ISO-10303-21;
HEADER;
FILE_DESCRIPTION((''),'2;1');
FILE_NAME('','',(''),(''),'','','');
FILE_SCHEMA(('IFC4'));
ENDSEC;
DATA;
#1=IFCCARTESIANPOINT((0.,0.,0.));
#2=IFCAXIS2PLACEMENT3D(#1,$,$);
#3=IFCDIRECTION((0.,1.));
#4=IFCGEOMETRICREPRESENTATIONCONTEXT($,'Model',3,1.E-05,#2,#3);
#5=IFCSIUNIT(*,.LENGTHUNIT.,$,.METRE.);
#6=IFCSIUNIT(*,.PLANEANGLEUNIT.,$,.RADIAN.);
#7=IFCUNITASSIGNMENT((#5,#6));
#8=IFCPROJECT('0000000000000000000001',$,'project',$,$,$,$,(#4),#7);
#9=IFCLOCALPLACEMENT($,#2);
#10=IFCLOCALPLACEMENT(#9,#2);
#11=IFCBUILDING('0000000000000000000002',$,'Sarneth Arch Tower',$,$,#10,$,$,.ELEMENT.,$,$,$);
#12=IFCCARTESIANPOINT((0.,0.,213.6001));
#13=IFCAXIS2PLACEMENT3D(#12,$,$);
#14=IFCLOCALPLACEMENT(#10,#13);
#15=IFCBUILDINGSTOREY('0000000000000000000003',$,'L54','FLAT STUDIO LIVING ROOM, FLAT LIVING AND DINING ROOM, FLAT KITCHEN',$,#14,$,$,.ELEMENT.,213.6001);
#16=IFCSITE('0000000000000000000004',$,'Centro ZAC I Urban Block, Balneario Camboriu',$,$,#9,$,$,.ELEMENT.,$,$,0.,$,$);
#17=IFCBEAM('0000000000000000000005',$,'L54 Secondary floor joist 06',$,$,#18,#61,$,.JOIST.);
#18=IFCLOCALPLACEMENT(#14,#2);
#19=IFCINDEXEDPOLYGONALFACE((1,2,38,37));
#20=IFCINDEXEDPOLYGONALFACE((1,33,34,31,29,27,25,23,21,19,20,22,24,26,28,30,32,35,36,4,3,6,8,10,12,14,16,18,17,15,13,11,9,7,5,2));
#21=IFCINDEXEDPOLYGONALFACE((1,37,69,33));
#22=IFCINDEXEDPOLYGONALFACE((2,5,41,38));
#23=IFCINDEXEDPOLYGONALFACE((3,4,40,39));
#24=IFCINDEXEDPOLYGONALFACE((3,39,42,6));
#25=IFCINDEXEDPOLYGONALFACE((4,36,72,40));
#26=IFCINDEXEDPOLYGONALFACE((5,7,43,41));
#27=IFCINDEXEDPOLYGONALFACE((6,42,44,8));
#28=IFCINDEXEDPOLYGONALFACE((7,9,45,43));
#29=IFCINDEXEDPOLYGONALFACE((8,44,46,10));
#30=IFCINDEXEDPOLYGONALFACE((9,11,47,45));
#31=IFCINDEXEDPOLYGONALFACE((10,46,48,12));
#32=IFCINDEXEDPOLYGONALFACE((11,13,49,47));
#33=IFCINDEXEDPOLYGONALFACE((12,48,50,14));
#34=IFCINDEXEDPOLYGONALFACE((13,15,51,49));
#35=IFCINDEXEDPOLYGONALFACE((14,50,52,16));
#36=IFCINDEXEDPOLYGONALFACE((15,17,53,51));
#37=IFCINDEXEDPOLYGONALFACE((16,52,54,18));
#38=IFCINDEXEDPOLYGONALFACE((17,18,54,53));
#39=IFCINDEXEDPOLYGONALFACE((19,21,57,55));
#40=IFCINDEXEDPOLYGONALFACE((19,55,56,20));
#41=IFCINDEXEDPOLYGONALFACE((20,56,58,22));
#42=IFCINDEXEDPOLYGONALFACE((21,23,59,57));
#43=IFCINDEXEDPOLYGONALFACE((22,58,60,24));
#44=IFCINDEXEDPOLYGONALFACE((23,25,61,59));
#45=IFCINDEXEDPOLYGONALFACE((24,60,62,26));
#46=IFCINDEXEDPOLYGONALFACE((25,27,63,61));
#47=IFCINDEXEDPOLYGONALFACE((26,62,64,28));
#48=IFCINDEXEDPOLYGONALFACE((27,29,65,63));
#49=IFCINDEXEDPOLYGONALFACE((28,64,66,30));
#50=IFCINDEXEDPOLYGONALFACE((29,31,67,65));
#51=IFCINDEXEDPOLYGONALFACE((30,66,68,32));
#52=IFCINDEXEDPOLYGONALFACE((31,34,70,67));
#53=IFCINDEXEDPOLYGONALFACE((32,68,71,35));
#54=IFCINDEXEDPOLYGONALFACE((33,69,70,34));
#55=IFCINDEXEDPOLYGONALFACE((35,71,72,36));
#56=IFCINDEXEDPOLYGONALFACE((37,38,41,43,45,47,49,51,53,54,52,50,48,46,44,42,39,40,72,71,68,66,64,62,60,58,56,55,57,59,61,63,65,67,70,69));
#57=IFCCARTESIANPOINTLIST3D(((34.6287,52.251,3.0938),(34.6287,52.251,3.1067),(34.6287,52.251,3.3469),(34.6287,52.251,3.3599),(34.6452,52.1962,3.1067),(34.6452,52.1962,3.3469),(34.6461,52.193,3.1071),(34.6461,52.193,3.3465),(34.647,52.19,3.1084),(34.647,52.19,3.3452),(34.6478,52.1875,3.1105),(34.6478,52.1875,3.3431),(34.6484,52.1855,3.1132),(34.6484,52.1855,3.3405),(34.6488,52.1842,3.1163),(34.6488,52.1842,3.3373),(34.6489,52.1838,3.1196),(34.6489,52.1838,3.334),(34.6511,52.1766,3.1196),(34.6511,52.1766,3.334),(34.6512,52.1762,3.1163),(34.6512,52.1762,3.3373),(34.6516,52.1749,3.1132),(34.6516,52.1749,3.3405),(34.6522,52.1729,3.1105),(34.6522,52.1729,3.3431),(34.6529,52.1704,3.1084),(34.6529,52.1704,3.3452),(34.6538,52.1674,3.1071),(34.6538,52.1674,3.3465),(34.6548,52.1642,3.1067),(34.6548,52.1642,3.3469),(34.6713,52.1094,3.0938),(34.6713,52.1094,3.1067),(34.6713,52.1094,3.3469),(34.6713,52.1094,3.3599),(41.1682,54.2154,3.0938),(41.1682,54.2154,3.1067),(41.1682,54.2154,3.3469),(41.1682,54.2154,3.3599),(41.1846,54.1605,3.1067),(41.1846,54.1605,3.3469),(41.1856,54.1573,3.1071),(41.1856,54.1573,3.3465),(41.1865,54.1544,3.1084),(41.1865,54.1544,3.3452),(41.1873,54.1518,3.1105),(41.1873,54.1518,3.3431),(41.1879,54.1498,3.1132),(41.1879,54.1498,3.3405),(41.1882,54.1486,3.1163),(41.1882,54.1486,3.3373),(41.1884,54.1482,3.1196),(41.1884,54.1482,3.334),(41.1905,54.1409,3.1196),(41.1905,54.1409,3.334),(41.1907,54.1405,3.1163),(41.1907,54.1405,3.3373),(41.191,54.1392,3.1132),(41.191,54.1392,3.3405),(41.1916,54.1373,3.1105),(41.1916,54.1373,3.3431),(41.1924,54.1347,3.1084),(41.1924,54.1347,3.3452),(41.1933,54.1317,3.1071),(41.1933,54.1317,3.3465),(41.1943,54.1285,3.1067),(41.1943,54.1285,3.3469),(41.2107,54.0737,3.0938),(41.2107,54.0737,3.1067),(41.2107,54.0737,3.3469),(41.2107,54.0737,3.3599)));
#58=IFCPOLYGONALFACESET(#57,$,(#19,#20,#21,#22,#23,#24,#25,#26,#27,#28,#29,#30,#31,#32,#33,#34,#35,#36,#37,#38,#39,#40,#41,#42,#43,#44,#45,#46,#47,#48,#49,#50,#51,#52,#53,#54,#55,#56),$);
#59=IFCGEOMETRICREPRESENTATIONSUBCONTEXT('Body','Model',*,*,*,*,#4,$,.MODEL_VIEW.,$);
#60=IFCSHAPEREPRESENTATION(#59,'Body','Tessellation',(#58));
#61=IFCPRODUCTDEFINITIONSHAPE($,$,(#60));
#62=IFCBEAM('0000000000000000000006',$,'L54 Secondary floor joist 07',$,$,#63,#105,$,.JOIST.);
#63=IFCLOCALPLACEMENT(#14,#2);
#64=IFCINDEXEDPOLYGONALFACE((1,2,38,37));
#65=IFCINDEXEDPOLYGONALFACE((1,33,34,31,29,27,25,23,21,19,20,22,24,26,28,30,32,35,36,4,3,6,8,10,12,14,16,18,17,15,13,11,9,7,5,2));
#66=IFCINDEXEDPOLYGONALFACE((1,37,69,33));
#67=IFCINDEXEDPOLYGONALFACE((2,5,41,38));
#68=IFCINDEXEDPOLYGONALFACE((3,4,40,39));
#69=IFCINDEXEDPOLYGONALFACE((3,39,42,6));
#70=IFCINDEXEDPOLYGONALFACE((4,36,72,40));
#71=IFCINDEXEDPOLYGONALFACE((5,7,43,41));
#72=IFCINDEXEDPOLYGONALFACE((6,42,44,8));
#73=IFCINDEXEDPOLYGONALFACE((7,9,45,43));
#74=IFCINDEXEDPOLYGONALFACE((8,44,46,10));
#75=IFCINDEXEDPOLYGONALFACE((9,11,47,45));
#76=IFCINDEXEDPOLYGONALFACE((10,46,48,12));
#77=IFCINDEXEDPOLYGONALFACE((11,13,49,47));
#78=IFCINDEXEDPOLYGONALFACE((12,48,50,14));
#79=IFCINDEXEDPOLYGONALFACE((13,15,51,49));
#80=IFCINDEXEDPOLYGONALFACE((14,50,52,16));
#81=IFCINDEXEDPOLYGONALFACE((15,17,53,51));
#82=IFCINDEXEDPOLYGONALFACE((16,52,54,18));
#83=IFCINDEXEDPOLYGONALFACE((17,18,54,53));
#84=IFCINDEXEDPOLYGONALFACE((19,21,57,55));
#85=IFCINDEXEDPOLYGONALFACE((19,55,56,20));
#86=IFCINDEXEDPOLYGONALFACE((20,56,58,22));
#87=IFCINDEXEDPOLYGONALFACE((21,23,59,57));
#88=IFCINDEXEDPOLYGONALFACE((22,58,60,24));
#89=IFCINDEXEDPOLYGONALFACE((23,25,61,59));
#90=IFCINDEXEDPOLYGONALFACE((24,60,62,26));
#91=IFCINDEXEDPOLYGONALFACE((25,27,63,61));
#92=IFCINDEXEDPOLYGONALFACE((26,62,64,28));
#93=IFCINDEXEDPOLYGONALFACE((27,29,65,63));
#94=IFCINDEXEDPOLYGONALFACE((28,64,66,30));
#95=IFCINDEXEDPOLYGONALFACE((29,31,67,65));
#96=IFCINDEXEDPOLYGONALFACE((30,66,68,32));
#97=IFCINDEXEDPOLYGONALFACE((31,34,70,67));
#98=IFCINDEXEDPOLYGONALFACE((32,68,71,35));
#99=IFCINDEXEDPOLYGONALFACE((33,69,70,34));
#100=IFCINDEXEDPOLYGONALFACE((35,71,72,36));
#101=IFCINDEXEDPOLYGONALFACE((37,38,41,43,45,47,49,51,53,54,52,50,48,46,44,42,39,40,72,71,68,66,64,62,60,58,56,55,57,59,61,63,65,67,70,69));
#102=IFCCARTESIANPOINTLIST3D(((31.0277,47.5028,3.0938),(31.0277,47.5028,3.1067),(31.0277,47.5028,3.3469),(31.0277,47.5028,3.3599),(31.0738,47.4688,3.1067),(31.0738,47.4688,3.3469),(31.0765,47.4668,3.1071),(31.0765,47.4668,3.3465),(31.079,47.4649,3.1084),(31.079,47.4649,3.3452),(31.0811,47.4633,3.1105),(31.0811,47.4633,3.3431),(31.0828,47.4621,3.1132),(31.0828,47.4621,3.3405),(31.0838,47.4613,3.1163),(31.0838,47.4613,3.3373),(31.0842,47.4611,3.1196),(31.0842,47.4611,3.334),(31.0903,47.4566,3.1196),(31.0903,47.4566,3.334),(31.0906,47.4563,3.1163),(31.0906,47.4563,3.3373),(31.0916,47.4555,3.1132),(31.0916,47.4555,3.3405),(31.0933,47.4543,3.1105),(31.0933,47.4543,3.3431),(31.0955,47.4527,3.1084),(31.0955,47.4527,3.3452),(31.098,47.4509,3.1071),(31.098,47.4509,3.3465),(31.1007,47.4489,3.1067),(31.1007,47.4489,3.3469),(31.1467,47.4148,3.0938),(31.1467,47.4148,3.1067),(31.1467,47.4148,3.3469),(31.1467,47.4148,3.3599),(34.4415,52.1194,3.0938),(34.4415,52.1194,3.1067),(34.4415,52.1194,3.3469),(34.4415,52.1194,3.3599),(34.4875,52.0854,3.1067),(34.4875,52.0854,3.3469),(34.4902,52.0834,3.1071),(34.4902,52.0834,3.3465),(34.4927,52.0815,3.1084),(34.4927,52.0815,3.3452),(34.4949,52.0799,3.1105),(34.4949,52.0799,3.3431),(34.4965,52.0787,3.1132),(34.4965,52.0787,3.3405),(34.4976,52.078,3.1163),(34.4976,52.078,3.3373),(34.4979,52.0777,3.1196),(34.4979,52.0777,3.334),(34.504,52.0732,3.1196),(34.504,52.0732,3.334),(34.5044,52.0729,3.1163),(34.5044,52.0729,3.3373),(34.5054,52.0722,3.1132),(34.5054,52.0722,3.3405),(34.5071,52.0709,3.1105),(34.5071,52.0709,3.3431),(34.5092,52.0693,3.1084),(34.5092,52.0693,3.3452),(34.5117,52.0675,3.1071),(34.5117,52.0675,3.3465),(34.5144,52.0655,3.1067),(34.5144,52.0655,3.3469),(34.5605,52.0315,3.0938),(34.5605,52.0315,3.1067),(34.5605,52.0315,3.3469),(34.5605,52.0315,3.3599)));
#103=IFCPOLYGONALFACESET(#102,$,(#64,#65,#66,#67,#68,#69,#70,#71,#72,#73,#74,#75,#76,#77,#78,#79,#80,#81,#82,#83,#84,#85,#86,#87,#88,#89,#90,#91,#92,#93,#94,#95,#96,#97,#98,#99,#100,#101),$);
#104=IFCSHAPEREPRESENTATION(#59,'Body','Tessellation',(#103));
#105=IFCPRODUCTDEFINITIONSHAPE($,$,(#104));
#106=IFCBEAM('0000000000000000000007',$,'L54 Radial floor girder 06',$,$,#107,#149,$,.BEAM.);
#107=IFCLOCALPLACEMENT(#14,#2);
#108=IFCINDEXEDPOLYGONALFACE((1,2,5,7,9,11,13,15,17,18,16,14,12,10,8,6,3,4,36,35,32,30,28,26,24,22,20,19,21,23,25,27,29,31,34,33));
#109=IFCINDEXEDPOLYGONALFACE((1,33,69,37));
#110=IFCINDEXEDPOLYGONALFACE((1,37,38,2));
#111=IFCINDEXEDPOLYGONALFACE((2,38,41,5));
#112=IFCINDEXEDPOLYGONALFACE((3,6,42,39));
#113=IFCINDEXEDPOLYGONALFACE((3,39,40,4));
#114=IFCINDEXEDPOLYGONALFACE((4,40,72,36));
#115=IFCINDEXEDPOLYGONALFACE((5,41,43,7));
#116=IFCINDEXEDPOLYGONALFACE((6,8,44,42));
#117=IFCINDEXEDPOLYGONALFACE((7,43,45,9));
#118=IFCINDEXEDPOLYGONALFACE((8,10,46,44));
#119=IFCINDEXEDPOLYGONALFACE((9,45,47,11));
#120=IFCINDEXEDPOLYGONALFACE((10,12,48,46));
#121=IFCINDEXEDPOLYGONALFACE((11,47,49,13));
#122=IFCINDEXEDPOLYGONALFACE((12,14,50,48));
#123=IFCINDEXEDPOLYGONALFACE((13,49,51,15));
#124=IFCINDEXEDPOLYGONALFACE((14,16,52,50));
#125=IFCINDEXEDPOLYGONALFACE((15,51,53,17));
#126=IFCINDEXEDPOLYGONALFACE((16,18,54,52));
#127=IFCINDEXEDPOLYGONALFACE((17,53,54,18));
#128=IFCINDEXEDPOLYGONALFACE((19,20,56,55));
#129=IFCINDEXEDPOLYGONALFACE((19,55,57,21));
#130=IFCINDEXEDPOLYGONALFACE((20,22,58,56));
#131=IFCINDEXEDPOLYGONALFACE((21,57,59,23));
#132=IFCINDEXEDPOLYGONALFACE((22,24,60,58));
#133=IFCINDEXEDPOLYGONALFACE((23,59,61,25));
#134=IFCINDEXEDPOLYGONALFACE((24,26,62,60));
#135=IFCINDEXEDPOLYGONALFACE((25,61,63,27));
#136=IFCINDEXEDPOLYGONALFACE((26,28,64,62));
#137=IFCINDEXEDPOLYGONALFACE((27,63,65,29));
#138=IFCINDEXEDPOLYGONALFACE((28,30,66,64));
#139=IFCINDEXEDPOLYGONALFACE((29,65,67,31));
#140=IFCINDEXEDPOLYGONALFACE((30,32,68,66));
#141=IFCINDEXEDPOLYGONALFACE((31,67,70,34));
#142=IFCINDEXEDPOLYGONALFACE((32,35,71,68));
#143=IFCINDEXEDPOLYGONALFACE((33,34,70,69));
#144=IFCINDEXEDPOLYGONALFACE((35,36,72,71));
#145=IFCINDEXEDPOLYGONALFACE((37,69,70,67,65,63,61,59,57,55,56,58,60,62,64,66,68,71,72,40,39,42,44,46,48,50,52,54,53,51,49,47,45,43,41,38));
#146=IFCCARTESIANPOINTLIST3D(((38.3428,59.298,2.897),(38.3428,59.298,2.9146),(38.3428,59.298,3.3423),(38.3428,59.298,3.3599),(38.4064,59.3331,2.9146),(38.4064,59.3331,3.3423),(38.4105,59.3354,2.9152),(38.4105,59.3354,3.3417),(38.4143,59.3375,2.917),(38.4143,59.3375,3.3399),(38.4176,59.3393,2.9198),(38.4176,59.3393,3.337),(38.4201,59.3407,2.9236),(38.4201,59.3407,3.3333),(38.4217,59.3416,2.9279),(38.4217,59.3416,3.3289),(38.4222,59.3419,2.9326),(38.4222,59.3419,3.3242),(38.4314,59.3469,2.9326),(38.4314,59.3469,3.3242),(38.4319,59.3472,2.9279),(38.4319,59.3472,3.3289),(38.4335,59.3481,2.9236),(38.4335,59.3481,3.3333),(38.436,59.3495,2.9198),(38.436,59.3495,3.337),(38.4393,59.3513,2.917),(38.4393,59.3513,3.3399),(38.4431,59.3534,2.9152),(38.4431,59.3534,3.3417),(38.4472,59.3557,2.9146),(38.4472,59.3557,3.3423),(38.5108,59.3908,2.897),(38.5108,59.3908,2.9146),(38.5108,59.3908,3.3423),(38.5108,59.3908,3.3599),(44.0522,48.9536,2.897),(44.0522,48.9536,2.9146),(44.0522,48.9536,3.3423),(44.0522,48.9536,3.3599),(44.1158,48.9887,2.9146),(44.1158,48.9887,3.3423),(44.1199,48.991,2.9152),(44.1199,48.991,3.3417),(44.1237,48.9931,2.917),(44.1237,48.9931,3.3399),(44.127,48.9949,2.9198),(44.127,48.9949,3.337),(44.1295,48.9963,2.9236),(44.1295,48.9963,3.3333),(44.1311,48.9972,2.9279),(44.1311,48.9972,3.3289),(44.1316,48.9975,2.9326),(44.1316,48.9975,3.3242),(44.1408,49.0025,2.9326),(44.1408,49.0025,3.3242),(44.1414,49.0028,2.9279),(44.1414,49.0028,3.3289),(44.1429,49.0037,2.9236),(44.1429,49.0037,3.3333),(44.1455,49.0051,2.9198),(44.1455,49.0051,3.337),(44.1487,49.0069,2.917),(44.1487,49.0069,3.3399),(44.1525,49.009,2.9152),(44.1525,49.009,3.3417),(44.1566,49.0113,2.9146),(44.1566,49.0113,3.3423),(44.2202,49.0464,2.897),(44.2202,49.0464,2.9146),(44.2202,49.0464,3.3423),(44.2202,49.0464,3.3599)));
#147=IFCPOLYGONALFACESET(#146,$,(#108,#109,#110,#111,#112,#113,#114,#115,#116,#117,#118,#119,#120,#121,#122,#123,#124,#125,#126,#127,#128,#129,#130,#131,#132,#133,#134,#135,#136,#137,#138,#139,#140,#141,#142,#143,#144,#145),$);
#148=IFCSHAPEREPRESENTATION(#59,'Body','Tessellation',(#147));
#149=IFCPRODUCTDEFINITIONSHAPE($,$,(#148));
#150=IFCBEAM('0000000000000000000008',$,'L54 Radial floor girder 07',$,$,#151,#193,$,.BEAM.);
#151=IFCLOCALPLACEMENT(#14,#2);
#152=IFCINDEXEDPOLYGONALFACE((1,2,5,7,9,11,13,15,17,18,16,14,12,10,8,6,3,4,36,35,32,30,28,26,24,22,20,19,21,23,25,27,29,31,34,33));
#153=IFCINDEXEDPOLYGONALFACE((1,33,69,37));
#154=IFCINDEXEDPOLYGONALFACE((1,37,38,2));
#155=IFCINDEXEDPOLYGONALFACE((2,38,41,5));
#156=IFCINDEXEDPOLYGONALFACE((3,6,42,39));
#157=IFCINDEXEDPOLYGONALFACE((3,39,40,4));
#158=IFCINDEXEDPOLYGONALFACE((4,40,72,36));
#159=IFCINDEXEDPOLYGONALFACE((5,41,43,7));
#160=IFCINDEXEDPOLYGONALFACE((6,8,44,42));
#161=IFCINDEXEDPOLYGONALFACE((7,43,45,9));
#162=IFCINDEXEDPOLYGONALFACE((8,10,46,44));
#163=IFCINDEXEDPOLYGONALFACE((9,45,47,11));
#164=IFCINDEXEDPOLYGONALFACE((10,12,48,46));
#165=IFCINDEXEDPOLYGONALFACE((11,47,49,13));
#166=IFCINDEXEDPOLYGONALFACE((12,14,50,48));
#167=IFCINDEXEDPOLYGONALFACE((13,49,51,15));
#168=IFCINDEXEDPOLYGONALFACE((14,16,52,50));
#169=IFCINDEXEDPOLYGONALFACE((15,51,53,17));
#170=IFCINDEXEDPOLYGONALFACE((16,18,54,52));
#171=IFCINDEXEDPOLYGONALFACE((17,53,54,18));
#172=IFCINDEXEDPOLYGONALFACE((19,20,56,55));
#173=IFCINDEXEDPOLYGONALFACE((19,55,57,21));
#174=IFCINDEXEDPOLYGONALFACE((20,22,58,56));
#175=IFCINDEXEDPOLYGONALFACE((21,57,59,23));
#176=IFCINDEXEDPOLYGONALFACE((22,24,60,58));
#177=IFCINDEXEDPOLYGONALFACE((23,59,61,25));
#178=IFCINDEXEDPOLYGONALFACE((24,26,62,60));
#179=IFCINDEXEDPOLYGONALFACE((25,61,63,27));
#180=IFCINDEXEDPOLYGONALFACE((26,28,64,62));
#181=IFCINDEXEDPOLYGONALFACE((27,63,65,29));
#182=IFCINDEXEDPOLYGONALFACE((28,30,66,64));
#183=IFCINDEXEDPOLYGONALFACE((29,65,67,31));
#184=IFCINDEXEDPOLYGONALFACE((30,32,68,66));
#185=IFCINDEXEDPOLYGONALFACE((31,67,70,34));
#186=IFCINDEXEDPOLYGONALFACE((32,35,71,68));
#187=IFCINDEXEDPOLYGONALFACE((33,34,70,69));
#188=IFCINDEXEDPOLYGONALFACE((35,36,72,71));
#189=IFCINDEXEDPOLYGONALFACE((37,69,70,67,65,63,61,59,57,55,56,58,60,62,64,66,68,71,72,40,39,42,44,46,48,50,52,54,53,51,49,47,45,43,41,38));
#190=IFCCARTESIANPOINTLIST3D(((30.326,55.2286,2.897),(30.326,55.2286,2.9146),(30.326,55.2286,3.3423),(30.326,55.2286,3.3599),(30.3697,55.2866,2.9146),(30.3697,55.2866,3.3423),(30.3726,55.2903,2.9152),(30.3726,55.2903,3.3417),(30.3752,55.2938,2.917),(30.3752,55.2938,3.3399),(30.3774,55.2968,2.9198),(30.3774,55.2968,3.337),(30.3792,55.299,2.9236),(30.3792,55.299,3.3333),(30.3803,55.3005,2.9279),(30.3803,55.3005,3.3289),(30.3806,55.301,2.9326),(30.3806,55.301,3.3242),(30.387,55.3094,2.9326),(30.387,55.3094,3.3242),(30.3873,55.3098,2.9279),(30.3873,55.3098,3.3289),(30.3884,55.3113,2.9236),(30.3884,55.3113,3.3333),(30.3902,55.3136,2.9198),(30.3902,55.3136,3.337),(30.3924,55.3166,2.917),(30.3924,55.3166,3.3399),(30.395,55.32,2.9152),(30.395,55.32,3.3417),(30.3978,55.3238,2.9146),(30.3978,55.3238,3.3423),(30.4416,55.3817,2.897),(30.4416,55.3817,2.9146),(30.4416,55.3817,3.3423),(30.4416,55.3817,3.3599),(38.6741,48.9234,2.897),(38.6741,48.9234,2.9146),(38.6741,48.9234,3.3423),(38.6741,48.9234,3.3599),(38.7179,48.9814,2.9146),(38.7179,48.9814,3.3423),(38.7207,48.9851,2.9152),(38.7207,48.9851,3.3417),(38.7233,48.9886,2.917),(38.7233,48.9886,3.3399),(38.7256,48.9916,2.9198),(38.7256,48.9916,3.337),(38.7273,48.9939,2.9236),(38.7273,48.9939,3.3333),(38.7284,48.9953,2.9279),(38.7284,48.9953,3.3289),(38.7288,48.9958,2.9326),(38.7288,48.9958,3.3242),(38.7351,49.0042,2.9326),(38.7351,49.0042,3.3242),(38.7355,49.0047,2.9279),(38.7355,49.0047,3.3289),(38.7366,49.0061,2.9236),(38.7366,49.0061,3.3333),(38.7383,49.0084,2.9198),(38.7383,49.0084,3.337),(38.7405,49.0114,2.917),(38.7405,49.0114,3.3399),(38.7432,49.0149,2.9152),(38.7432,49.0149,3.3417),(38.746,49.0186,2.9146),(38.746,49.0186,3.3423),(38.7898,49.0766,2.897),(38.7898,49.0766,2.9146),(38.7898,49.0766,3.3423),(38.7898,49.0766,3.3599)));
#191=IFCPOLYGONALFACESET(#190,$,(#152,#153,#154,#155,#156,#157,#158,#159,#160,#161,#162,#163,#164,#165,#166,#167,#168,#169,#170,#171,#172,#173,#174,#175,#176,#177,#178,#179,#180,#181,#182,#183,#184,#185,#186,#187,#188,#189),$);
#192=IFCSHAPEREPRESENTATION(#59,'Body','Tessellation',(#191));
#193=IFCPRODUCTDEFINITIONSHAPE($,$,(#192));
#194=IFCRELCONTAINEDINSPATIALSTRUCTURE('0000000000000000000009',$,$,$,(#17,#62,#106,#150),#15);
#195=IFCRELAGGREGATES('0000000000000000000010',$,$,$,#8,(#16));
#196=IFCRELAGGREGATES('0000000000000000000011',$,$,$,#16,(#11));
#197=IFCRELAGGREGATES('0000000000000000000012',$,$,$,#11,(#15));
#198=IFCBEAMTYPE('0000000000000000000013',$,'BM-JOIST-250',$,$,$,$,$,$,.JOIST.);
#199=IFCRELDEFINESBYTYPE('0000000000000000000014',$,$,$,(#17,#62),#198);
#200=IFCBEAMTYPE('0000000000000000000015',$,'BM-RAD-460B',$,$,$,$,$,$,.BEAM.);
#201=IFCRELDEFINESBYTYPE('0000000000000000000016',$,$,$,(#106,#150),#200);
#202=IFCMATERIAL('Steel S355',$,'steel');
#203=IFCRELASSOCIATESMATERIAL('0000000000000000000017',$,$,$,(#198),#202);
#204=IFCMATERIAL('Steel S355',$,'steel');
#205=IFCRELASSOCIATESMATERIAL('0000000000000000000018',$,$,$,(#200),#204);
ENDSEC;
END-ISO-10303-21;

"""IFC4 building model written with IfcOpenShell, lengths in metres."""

from ifc_helpers import new_model, si_unit, direction, frame, origin, origin_2d, place, context, subcontext, project, spatial, i_section, extrude, material, material_profile, profile_set, type_object, element, save


model = new_model("IFC4")

# Units and contexts
model_context = context("Model", 3, precision=1e-05, world=origin(), true_north=direction((0.0, 1.0)))
body_context = subcontext(model_context, "Body", "Model", "MODEL_VIEW")
ifc_project = project(units=[si_unit("LENGTHUNIT", "METRE"), si_unit("PLANEANGLEUNIT", "RADIAN")], contexts=[model_context])

# Site, building, storey
site_placement = place(None, origin())
site = spatial("IfcSite", under=ifc_project, at=site_placement, Name="Centro ZAC I Urban Block, Balneario Camboriu", CompositionType="ELEMENT", RefElevation=0.0)
building_placement = place(site_placement, origin())
building = spatial("IfcBuilding", under=site, at=building_placement, Name="Sarneth Arch Tower", CompositionType="ELEMENT")
storey_placement = place(building_placement, frame((0.0, 0.0, 213.6001)))
storey = spatial("IfcBuildingStorey", under=building, at=storey_placement, Name="L54", Description="FLAT STUDIO LIVING ROOM, FLAT LIVING AND DINING ROOM, FLAT KITCHEN", CompositionType="ELEMENT", Elevation=213.6001)

# Beams
ifc_material_1 = material(Name="Steel S355", Category="steel")
ifc_material_profile_1 = material_profile(ifc_material_1, i_section(OverallWidth=0.1479, OverallDepth=0.2661, WebThickness=0.0076, FlangeThickness=0.0129, FilletRadius=0.0129, at=origin_2d()), Name="W250x44.8")
ifc_profile_set_1 = profile_set([ifc_material_profile_1], Name="Steel S355")
beam_type_1 = type_object("IfcBeamType", Name="BM-JOIST-250", PredefinedType="JOIST", material=ifc_profile_set_1)
beam_1_placement = place(storey_placement, frame((41.1895, 54.1445, 3.2268), z_axis=(-0.957726, -0.287682, 0.0), x_axis=(0.287682, -0.957726, 0.0)))
element("IfcBeam", 1, at=beam_1_placement, inside=storey, type_object=beam_type_1, Name="L54 Secondary floor joist 06", PredefinedType="JOIST", context=body_context, shape_type="SweptSolid", body=[
    extrude(i_section(OverallWidth=0.1479, OverallDepth=0.2661, WebThickness=0.0076, FlangeThickness=0.0129, FilletRadius=0.0129, at=origin_2d()), origin(), (0.0, 0.0, 1.0), 6.8281),
])
beam_2_placement = place(storey_placement, frame((34.501, 52.0754, 3.2268), z_axis=(-0.594557, -0.804053, 0.0), x_axis=(0.804053, -0.594557, 0.0)))
element("IfcBeam", 2, at=beam_2_placement, inside=storey, type_object=beam_type_1, Name="L54 Secondary floor joist 07", PredefinedType="JOIST", context=body_context, shape_type="SweptSolid", body=[
    extrude(i_section(OverallWidth=0.1479, OverallDepth=0.2661, WebThickness=0.0076, FlangeThickness=0.0129, FilletRadius=0.0129, at=origin_2d()), origin(), (0.0, 0.0, 1.0), 5.7417),
])
ifc_material_2 = material(Name="Steel S355", Category="steel")
ifc_material_profile_2 = material_profile(ifc_material_2, i_section(OverallWidth=0.1919, OverallDepth=0.4629, WebThickness=0.0105, FlangeThickness=0.0176, FilletRadius=0.0181, at=origin_2d()), Name="W460x89")
ifc_profile_set_2 = profile_set([ifc_material_profile_2], Name="Steel S355")
beam_type_2 = type_object("IfcBeamType", Name="BM-RAD-460B", PredefinedType="BEAM", material=ifc_profile_set_2)
beam_3_placement = place(storey_placement, frame((44.1362, 49.0, 3.1284), z_axis=(-0.483218, 0.8755, 0.0), x_axis=(-0.8755, -0.483218, 0.0)))
element("IfcBeam", 3, at=beam_3_placement, inside=storey, type_object=beam_type_2, Name="L54 Radial floor girder 06", PredefinedType="BEAM", context=body_context, shape_type="SweptSolid", body=[
    extrude(i_section(OverallWidth=0.1919, OverallDepth=0.4629, WebThickness=0.0105, FlangeThickness=0.0176, FilletRadius=0.0181, at=origin_2d()), origin(), (0.0, 0.0, 1.0), 11.8154),
])
beam_4_placement = place(storey_placement, frame((38.7319, 49.0, 3.1284), z_axis=(-0.797974, 0.602692, 0.0), x_axis=(-0.602692, -0.797974, 0.0)))
element("IfcBeam", 4, at=beam_4_placement, inside=storey, type_object=beam_type_2, Name="L54 Radial floor girder 07", PredefinedType="BEAM", context=body_context, shape_type="SweptSolid", body=[
    extrude(i_section(OverallWidth=0.1919, OverallDepth=0.4629, WebThickness=0.0105, FlangeThickness=0.0176, FilletRadius=0.0181, at=origin_2d()), origin(), (0.0, 0.0, 1.0), 10.4617),
])

save(model, "model.ifc")
